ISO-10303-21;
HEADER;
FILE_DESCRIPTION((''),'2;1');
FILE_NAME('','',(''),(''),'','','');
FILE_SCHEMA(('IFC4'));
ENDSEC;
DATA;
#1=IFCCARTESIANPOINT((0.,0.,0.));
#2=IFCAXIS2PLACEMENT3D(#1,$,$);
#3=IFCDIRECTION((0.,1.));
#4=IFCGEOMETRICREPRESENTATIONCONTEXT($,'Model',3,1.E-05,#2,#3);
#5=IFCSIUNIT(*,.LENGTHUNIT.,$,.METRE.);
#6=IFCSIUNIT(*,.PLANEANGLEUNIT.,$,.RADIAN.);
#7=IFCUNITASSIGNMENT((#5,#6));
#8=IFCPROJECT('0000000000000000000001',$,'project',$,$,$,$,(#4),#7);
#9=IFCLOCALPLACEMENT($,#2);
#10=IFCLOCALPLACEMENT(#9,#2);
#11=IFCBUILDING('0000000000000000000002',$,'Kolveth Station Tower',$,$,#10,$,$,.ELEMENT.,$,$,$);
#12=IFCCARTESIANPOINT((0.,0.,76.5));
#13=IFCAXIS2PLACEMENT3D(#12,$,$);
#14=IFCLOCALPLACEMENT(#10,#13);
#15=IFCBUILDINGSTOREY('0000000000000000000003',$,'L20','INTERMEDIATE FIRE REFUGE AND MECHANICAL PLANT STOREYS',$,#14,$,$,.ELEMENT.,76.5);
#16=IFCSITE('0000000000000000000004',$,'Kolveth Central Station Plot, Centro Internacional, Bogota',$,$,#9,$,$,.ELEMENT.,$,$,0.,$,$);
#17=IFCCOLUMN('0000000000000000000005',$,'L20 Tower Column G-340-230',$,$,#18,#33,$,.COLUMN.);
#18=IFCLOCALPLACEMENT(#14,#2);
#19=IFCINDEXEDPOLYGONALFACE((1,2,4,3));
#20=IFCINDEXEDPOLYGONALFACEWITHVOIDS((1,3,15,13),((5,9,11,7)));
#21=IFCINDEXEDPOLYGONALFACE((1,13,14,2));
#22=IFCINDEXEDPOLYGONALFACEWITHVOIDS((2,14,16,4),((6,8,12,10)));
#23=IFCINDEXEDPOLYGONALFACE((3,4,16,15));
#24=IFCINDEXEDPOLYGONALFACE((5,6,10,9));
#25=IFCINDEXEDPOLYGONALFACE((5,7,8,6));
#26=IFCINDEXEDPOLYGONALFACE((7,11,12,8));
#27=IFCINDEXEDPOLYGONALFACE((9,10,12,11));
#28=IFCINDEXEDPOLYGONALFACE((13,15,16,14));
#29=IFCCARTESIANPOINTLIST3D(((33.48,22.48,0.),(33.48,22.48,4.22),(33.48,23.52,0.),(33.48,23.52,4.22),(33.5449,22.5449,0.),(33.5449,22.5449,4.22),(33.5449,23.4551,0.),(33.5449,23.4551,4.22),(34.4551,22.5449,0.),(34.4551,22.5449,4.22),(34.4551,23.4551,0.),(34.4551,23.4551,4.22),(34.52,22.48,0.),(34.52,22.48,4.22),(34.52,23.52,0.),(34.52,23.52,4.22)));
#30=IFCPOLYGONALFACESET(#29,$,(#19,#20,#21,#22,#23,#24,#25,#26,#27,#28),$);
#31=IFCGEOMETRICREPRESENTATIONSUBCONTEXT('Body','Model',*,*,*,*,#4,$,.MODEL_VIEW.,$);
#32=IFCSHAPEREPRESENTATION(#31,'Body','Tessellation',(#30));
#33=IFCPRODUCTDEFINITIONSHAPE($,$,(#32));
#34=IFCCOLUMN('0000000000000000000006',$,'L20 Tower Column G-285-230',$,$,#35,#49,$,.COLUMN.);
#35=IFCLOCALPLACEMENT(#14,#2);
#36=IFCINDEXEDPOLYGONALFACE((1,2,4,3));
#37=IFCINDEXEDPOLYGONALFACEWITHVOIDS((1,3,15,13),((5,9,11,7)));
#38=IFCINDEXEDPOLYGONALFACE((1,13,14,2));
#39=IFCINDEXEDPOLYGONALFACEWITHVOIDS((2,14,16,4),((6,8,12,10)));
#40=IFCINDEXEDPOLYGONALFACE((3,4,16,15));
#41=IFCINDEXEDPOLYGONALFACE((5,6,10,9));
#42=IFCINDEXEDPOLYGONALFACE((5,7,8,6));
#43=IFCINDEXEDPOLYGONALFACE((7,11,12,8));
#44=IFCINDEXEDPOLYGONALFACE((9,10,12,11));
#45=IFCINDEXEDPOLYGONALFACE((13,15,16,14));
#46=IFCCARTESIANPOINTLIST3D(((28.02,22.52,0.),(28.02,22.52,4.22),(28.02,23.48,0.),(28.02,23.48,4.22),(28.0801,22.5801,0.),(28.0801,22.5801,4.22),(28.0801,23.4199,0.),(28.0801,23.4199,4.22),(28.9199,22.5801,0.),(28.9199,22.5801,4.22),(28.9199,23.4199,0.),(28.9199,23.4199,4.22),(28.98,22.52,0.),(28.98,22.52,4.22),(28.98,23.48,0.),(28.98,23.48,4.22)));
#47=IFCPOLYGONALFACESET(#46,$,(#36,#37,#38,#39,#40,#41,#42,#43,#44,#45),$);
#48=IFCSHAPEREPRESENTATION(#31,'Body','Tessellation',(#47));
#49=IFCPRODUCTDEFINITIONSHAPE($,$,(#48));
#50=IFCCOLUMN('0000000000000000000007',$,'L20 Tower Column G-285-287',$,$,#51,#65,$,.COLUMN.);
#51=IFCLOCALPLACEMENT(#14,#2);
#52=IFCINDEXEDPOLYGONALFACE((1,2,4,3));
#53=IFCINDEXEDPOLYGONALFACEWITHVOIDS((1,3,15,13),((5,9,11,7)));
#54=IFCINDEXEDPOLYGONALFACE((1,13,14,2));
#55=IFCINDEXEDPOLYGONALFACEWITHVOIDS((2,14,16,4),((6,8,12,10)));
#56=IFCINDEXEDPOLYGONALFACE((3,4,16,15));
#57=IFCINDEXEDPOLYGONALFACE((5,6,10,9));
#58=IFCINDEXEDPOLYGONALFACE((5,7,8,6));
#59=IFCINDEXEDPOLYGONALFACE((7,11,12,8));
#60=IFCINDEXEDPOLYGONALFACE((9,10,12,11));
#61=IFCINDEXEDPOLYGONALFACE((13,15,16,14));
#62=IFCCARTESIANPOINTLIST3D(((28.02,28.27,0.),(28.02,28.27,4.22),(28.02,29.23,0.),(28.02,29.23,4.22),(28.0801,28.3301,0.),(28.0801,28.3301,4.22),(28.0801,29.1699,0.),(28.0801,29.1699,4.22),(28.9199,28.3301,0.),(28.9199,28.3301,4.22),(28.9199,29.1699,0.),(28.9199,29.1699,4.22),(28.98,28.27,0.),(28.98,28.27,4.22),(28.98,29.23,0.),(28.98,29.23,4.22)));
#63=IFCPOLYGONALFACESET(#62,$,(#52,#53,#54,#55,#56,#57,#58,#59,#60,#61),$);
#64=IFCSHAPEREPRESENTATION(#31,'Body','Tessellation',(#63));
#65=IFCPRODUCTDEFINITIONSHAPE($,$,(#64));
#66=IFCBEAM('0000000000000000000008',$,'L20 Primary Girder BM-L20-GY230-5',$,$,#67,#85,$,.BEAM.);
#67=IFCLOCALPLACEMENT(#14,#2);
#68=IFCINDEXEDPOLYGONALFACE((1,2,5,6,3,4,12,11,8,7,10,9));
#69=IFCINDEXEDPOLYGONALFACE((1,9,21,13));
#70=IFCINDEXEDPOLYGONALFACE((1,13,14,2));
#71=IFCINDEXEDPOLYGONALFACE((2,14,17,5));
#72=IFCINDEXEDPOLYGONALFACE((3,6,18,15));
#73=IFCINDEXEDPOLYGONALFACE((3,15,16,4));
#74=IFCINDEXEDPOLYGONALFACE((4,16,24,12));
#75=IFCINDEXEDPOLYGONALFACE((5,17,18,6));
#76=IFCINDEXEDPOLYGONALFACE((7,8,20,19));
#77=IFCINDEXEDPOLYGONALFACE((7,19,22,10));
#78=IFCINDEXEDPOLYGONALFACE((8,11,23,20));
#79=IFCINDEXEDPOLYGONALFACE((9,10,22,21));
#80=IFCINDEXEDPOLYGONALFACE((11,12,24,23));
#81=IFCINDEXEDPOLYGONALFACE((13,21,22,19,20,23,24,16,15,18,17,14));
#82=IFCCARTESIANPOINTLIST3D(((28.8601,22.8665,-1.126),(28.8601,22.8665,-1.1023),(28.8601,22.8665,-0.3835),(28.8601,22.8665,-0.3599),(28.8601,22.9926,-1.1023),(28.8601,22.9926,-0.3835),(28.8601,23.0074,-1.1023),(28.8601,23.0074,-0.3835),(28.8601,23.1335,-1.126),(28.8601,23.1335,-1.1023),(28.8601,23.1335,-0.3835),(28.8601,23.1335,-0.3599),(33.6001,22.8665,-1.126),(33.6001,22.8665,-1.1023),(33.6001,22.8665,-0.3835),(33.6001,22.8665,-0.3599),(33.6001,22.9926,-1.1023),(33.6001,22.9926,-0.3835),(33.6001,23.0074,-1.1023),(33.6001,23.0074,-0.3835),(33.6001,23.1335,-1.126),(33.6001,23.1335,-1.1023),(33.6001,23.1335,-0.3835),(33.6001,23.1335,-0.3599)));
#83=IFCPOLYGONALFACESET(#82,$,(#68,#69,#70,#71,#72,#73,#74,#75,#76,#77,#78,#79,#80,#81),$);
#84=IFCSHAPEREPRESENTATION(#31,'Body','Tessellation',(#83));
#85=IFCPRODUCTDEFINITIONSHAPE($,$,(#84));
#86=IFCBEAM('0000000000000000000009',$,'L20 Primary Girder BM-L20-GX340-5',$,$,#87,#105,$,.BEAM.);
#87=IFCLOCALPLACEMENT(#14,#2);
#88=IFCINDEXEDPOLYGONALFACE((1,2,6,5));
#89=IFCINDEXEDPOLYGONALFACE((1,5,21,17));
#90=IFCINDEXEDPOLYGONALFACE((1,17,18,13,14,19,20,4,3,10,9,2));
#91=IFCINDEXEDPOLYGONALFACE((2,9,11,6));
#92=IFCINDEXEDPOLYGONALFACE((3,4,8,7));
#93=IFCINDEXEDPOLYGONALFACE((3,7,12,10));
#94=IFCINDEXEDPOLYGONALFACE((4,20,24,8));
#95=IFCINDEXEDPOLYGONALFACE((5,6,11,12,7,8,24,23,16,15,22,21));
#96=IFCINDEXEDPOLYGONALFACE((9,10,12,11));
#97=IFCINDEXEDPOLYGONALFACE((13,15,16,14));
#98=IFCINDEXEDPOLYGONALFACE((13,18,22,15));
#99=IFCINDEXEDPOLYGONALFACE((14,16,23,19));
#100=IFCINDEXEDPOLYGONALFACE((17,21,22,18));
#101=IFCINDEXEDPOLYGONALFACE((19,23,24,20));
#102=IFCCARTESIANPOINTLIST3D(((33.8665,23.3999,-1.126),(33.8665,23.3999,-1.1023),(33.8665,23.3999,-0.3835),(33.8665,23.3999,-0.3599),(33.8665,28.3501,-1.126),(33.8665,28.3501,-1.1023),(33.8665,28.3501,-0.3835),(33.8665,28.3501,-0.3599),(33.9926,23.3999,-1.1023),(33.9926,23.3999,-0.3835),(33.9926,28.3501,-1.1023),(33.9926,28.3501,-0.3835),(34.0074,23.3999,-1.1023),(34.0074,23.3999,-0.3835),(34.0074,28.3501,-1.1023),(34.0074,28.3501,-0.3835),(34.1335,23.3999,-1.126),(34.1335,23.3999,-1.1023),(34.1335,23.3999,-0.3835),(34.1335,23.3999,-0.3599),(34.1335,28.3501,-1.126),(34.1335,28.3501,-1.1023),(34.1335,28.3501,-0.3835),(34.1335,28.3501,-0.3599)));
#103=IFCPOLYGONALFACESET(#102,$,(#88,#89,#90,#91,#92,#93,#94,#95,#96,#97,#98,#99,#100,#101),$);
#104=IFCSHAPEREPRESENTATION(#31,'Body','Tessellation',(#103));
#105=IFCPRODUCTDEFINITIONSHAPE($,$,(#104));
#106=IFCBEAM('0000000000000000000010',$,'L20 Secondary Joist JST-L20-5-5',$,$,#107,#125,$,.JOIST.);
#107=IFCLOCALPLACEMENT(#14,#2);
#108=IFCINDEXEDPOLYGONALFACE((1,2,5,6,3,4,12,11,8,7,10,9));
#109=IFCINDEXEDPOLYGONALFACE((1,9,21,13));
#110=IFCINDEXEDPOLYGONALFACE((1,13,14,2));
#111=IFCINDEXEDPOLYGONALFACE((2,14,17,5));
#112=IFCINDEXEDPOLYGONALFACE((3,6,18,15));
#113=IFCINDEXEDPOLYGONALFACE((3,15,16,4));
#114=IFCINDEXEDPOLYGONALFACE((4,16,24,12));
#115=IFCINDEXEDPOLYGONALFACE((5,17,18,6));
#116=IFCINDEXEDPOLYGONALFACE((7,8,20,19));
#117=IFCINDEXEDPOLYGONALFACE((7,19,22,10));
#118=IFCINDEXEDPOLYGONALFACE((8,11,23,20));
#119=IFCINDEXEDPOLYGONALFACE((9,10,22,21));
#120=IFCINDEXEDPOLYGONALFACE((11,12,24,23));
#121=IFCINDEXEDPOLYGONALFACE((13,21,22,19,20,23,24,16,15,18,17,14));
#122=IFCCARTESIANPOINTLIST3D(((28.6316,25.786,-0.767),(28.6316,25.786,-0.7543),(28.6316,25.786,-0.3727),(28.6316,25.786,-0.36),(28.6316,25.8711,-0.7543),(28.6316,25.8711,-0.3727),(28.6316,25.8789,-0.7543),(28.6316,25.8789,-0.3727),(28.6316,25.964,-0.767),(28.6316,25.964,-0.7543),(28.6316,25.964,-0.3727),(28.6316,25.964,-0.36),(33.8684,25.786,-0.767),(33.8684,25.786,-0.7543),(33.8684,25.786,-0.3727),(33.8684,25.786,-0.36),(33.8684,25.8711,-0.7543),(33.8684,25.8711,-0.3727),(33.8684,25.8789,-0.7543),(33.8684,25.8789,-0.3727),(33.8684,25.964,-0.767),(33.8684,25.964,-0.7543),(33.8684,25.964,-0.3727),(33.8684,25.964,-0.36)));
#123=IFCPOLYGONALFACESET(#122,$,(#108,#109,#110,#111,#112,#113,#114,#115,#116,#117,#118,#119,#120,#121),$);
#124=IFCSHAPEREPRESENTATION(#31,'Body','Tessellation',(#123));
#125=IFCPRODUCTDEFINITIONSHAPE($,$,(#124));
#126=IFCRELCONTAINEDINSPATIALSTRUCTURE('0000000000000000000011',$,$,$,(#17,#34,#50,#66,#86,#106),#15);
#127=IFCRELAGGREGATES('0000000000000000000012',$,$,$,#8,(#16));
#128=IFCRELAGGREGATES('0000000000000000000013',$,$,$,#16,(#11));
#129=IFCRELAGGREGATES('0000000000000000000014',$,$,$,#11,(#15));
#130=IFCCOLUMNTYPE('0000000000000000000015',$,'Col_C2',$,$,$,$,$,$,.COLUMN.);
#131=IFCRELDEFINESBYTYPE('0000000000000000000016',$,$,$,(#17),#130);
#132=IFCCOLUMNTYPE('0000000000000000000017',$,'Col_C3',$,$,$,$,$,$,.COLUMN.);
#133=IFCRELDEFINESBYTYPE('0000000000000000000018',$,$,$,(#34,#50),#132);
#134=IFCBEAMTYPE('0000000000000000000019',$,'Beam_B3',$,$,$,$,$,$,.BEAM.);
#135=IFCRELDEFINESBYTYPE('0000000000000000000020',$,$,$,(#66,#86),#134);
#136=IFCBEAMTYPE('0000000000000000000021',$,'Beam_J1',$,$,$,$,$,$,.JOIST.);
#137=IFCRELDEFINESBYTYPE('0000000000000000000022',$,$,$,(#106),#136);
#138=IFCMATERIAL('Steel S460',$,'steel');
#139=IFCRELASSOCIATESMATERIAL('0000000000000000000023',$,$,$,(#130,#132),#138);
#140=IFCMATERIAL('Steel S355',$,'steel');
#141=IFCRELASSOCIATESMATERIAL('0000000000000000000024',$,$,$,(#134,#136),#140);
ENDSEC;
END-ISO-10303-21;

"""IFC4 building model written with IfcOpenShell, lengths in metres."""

from ifc_helpers import new_model, si_unit, direction, frame, origin, origin_2d, place, context, subcontext, project, spatial, hollow_rectangle, i_section, extrude, source, transform, mapped, material, material_profile, profile_set, type_object, element, save


model = new_model("IFC4")

# Units and contexts
model_context = context("Model", 3, precision=1e-05, world=origin(), true_north=direction((0.0, 1.0)))
body_context = subcontext(model_context, "Body", "Model", "MODEL_VIEW")
ifc_project = project(units=[si_unit("LENGTHUNIT", "METRE"), si_unit("PLANEANGLEUNIT", "RADIAN")], contexts=[model_context])

# Site, building, storey
site_placement = place(None, origin())
site = spatial("IfcSite", under=ifc_project, at=site_placement, Name="Kolveth Central Station Plot, Centro Internacional, Bogota", CompositionType="ELEMENT", RefElevation=0.0)
building_placement = place(site_placement, origin())
building = spatial("IfcBuilding", under=site, at=building_placement, Name="Kolveth Station Tower", CompositionType="ELEMENT")
storey_placement = place(building_placement, frame((0.0, 0.0, 76.5)))
storey = spatial("IfcBuildingStorey", under=building, at=storey_placement, Name="L20", Description="INTERMEDIATE FIRE REFUGE AND MECHANICAL PLANT STOREYS", CompositionType="ELEMENT", Elevation=76.5)

# Columns
ifc_material_1 = material(Name="Steel S460", Category="steel")
ifc_material_profile_1 = material_profile(ifc_material_1, hollow_rectangle(XDim=1.04, YDim=1.04, WallThickness=0.0649, at=origin_2d()), Name="BOX1040x1040x65")
ifc_profile_set_1 = profile_set([ifc_material_profile_1], Name="Steel S460")
column_type_1 = type_object("IfcColumnType", Name="Col_C2", PredefinedType="COLUMN", material=ifc_profile_set_1)
shared_shape_1 = source(origin(), body_context, "Body", "SweptSolid", [
    extrude(hollow_rectangle(XDim=1.04, YDim=1.04, WallThickness=0.0649, at=origin_2d()), origin(), (0.0, 0.0, 1.0), 4.22),
])
column_placement = place(storey_placement, frame((34.0, 23.0, 0.0), z_axis=(0.0, 0.0, 1.0), x_axis=(1.0, 0.0, 0.0)))
element("IfcColumn", 1, at=column_placement, inside=storey, type_object=column_type_1, Name="L20 Tower Column G-340-230", PredefinedType="COLUMN", context=body_context, shape_type="MappedRepresentation", body=[
    mapped(shared_shape_1, transform((0.0, 0.0, 0.0), x_axis=(1.0, 0.0, 0.0), y_axis=(0.0, 1.0, 0.0), z_axis=(0.0, 0.0, 1.0), scale=1.0)),
])
ifc_material_profile_2 = material_profile(ifc_material_1, hollow_rectangle(XDim=0.96, YDim=0.96, WallThickness=0.0601, at=origin_2d()), Name="BOX960x960x60")
ifc_profile_set_2 = profile_set([ifc_material_profile_2], Name="Steel S460")
column_type_2 = type_object("IfcColumnType", Name="Col_C3", PredefinedType="COLUMN", material=ifc_profile_set_2)
shared_shape_2 = source(origin(), body_context, "Body", "SweptSolid", [
    extrude(hollow_rectangle(XDim=0.96, YDim=0.96, WallThickness=0.0601, at=origin_2d()), origin(), (0.0, 0.0, 1.0), 4.22),
])
for number, where, z_axis, x_axis, name in (
    (2, (28.5, 23.0, 0.0), (0.0, 0.0, 1.0), (1.0, 0.0, 0.0), "L20 Tower Column G-285-230"),
    (3, (28.5, 28.75, 0.0), (0.0, 0.0, 1.0), (1.0, 0.0, 0.0), "L20 Tower Column G-285-287"),
):
    element("IfcColumn", number, at=place(storey_placement, frame(where, z_axis=z_axis, x_axis=x_axis)), inside=storey, type_object=column_type_2, Name=name, PredefinedType="COLUMN", context=body_context, shape_type="MappedRepresentation", body=[
        mapped(shared_shape_2, transform((0.0, 0.0, 0.0), x_axis=(1.0, 0.0, 0.0), y_axis=(0.0, 1.0, 0.0), z_axis=(0.0, 0.0, 1.0), scale=1.0)),
    ])

# Beams
ifc_material_2 = material(Name="Steel S355", Category="steel")
ifc_material_profile_3 = material_profile(ifc_material_2, i_section(OverallWidth=0.2671, OverallDepth=0.7661, WebThickness=0.0149, FlangeThickness=0.0237, at=origin_2d()), Name="W760x185")
ifc_profile_set_3 = profile_set([ifc_material_profile_3], Name="Steel S355")
beam_type_1 = type_object("IfcBeamType", Name="Beam_B3", PredefinedType="BEAM", material=ifc_profile_set_3)
shared_shape_3 = source(origin(), body_context, "Body", "SweptSolid", [
    extrude(i_section(OverallWidth=0.2671, OverallDepth=0.7661, WebThickness=0.0149, FlangeThickness=0.0237, at=origin_2d()), origin(), (0.0, 0.0, 1.0), 4.74),
])
beam_1_placement = place(storey_placement, frame((28.8601, 23.0, -0.7429), z_axis=(1.0, 0.0, 0.0), x_axis=(0.0, 1.0, 0.0)))
element("IfcBeam", 4, at=beam_1_placement, inside=storey, type_object=beam_type_1, Name="L20 Primary Girder BM-L20-GY230-5", PredefinedType="BEAM", context=body_context, shape_type="MappedRepresentation", body=[
    mapped(shared_shape_3, transform((0.0, 0.0, 0.0), x_axis=(1.0, 0.0, 0.0), y_axis=(0.0, 1.0, 0.0), z_axis=(0.0, 0.0, 1.0), scale=1.0)),
])
shared_shape_4 = source(origin(), body_context, "Body", "SweptSolid", [
    extrude(i_section(OverallWidth=0.2671, OverallDepth=0.7661, WebThickness=0.0149, FlangeThickness=0.0237, at=origin_2d()), origin(), (0.0, 0.0, 1.0), 4.9502),
])
beam_2_placement = place(storey_placement, frame((34.0, 23.3999, -0.7429), z_axis=(0.0, 1.0, 0.0), x_axis=(-1.0, 0.0, 0.0)))
element("IfcBeam", 5, at=beam_2_placement, inside=storey, type_object=beam_type_1, Name="L20 Primary Girder BM-L20-GX340-5", PredefinedType="BEAM", context=body_context, shape_type="MappedRepresentation", body=[
    mapped(shared_shape_4, transform((0.0, 0.0, 0.0), x_axis=(1.0, 0.0, 0.0), y_axis=(0.0, 1.0, 0.0), z_axis=(0.0, 0.0, 1.0), scale=1.0)),
])
ifc_material_profile_4 = material_profile(ifc_material_2, i_section(OverallWidth=0.178, OverallDepth=0.407, WebThickness=0.0078, FlangeThickness=0.0127, at=origin_2d()), Name="W410x60")
ifc_profile_set_4 = profile_set([ifc_material_profile_4], Name="Steel S355")
beam_type_2 = type_object("IfcBeamType", Name="Beam_J1", PredefinedType="JOIST", material=ifc_profile_set_4)
shared_shape_5 = source(origin(), body_context, "Body", "SweptSolid", [
    extrude(i_section(OverallWidth=0.178, OverallDepth=0.407, WebThickness=0.0078, FlangeThickness=0.0127, at=origin_2d()), origin(), (0.0, 0.0, 1.0), 5.2368),
])
beam_3_placement = place(storey_placement, frame((28.6316, 25.875, -0.5635), z_axis=(1.0, 0.0, 0.0), x_axis=(0.0, 1.0, 0.0)))
element("IfcBeam", 6, at=beam_3_placement, inside=storey, type_object=beam_type_2, Name="L20 Secondary Joist JST-L20-5-5", PredefinedType="JOIST", context=body_context, shape_type="MappedRepresentation", body=[
    mapped(shared_shape_5, transform((0.0, 0.0, 0.0), x_axis=(1.0, 0.0, 0.0), y_axis=(0.0, 1.0, 0.0), z_axis=(0.0, 0.0, 1.0), scale=1.0)),
])

save(model, "model.ifc")
